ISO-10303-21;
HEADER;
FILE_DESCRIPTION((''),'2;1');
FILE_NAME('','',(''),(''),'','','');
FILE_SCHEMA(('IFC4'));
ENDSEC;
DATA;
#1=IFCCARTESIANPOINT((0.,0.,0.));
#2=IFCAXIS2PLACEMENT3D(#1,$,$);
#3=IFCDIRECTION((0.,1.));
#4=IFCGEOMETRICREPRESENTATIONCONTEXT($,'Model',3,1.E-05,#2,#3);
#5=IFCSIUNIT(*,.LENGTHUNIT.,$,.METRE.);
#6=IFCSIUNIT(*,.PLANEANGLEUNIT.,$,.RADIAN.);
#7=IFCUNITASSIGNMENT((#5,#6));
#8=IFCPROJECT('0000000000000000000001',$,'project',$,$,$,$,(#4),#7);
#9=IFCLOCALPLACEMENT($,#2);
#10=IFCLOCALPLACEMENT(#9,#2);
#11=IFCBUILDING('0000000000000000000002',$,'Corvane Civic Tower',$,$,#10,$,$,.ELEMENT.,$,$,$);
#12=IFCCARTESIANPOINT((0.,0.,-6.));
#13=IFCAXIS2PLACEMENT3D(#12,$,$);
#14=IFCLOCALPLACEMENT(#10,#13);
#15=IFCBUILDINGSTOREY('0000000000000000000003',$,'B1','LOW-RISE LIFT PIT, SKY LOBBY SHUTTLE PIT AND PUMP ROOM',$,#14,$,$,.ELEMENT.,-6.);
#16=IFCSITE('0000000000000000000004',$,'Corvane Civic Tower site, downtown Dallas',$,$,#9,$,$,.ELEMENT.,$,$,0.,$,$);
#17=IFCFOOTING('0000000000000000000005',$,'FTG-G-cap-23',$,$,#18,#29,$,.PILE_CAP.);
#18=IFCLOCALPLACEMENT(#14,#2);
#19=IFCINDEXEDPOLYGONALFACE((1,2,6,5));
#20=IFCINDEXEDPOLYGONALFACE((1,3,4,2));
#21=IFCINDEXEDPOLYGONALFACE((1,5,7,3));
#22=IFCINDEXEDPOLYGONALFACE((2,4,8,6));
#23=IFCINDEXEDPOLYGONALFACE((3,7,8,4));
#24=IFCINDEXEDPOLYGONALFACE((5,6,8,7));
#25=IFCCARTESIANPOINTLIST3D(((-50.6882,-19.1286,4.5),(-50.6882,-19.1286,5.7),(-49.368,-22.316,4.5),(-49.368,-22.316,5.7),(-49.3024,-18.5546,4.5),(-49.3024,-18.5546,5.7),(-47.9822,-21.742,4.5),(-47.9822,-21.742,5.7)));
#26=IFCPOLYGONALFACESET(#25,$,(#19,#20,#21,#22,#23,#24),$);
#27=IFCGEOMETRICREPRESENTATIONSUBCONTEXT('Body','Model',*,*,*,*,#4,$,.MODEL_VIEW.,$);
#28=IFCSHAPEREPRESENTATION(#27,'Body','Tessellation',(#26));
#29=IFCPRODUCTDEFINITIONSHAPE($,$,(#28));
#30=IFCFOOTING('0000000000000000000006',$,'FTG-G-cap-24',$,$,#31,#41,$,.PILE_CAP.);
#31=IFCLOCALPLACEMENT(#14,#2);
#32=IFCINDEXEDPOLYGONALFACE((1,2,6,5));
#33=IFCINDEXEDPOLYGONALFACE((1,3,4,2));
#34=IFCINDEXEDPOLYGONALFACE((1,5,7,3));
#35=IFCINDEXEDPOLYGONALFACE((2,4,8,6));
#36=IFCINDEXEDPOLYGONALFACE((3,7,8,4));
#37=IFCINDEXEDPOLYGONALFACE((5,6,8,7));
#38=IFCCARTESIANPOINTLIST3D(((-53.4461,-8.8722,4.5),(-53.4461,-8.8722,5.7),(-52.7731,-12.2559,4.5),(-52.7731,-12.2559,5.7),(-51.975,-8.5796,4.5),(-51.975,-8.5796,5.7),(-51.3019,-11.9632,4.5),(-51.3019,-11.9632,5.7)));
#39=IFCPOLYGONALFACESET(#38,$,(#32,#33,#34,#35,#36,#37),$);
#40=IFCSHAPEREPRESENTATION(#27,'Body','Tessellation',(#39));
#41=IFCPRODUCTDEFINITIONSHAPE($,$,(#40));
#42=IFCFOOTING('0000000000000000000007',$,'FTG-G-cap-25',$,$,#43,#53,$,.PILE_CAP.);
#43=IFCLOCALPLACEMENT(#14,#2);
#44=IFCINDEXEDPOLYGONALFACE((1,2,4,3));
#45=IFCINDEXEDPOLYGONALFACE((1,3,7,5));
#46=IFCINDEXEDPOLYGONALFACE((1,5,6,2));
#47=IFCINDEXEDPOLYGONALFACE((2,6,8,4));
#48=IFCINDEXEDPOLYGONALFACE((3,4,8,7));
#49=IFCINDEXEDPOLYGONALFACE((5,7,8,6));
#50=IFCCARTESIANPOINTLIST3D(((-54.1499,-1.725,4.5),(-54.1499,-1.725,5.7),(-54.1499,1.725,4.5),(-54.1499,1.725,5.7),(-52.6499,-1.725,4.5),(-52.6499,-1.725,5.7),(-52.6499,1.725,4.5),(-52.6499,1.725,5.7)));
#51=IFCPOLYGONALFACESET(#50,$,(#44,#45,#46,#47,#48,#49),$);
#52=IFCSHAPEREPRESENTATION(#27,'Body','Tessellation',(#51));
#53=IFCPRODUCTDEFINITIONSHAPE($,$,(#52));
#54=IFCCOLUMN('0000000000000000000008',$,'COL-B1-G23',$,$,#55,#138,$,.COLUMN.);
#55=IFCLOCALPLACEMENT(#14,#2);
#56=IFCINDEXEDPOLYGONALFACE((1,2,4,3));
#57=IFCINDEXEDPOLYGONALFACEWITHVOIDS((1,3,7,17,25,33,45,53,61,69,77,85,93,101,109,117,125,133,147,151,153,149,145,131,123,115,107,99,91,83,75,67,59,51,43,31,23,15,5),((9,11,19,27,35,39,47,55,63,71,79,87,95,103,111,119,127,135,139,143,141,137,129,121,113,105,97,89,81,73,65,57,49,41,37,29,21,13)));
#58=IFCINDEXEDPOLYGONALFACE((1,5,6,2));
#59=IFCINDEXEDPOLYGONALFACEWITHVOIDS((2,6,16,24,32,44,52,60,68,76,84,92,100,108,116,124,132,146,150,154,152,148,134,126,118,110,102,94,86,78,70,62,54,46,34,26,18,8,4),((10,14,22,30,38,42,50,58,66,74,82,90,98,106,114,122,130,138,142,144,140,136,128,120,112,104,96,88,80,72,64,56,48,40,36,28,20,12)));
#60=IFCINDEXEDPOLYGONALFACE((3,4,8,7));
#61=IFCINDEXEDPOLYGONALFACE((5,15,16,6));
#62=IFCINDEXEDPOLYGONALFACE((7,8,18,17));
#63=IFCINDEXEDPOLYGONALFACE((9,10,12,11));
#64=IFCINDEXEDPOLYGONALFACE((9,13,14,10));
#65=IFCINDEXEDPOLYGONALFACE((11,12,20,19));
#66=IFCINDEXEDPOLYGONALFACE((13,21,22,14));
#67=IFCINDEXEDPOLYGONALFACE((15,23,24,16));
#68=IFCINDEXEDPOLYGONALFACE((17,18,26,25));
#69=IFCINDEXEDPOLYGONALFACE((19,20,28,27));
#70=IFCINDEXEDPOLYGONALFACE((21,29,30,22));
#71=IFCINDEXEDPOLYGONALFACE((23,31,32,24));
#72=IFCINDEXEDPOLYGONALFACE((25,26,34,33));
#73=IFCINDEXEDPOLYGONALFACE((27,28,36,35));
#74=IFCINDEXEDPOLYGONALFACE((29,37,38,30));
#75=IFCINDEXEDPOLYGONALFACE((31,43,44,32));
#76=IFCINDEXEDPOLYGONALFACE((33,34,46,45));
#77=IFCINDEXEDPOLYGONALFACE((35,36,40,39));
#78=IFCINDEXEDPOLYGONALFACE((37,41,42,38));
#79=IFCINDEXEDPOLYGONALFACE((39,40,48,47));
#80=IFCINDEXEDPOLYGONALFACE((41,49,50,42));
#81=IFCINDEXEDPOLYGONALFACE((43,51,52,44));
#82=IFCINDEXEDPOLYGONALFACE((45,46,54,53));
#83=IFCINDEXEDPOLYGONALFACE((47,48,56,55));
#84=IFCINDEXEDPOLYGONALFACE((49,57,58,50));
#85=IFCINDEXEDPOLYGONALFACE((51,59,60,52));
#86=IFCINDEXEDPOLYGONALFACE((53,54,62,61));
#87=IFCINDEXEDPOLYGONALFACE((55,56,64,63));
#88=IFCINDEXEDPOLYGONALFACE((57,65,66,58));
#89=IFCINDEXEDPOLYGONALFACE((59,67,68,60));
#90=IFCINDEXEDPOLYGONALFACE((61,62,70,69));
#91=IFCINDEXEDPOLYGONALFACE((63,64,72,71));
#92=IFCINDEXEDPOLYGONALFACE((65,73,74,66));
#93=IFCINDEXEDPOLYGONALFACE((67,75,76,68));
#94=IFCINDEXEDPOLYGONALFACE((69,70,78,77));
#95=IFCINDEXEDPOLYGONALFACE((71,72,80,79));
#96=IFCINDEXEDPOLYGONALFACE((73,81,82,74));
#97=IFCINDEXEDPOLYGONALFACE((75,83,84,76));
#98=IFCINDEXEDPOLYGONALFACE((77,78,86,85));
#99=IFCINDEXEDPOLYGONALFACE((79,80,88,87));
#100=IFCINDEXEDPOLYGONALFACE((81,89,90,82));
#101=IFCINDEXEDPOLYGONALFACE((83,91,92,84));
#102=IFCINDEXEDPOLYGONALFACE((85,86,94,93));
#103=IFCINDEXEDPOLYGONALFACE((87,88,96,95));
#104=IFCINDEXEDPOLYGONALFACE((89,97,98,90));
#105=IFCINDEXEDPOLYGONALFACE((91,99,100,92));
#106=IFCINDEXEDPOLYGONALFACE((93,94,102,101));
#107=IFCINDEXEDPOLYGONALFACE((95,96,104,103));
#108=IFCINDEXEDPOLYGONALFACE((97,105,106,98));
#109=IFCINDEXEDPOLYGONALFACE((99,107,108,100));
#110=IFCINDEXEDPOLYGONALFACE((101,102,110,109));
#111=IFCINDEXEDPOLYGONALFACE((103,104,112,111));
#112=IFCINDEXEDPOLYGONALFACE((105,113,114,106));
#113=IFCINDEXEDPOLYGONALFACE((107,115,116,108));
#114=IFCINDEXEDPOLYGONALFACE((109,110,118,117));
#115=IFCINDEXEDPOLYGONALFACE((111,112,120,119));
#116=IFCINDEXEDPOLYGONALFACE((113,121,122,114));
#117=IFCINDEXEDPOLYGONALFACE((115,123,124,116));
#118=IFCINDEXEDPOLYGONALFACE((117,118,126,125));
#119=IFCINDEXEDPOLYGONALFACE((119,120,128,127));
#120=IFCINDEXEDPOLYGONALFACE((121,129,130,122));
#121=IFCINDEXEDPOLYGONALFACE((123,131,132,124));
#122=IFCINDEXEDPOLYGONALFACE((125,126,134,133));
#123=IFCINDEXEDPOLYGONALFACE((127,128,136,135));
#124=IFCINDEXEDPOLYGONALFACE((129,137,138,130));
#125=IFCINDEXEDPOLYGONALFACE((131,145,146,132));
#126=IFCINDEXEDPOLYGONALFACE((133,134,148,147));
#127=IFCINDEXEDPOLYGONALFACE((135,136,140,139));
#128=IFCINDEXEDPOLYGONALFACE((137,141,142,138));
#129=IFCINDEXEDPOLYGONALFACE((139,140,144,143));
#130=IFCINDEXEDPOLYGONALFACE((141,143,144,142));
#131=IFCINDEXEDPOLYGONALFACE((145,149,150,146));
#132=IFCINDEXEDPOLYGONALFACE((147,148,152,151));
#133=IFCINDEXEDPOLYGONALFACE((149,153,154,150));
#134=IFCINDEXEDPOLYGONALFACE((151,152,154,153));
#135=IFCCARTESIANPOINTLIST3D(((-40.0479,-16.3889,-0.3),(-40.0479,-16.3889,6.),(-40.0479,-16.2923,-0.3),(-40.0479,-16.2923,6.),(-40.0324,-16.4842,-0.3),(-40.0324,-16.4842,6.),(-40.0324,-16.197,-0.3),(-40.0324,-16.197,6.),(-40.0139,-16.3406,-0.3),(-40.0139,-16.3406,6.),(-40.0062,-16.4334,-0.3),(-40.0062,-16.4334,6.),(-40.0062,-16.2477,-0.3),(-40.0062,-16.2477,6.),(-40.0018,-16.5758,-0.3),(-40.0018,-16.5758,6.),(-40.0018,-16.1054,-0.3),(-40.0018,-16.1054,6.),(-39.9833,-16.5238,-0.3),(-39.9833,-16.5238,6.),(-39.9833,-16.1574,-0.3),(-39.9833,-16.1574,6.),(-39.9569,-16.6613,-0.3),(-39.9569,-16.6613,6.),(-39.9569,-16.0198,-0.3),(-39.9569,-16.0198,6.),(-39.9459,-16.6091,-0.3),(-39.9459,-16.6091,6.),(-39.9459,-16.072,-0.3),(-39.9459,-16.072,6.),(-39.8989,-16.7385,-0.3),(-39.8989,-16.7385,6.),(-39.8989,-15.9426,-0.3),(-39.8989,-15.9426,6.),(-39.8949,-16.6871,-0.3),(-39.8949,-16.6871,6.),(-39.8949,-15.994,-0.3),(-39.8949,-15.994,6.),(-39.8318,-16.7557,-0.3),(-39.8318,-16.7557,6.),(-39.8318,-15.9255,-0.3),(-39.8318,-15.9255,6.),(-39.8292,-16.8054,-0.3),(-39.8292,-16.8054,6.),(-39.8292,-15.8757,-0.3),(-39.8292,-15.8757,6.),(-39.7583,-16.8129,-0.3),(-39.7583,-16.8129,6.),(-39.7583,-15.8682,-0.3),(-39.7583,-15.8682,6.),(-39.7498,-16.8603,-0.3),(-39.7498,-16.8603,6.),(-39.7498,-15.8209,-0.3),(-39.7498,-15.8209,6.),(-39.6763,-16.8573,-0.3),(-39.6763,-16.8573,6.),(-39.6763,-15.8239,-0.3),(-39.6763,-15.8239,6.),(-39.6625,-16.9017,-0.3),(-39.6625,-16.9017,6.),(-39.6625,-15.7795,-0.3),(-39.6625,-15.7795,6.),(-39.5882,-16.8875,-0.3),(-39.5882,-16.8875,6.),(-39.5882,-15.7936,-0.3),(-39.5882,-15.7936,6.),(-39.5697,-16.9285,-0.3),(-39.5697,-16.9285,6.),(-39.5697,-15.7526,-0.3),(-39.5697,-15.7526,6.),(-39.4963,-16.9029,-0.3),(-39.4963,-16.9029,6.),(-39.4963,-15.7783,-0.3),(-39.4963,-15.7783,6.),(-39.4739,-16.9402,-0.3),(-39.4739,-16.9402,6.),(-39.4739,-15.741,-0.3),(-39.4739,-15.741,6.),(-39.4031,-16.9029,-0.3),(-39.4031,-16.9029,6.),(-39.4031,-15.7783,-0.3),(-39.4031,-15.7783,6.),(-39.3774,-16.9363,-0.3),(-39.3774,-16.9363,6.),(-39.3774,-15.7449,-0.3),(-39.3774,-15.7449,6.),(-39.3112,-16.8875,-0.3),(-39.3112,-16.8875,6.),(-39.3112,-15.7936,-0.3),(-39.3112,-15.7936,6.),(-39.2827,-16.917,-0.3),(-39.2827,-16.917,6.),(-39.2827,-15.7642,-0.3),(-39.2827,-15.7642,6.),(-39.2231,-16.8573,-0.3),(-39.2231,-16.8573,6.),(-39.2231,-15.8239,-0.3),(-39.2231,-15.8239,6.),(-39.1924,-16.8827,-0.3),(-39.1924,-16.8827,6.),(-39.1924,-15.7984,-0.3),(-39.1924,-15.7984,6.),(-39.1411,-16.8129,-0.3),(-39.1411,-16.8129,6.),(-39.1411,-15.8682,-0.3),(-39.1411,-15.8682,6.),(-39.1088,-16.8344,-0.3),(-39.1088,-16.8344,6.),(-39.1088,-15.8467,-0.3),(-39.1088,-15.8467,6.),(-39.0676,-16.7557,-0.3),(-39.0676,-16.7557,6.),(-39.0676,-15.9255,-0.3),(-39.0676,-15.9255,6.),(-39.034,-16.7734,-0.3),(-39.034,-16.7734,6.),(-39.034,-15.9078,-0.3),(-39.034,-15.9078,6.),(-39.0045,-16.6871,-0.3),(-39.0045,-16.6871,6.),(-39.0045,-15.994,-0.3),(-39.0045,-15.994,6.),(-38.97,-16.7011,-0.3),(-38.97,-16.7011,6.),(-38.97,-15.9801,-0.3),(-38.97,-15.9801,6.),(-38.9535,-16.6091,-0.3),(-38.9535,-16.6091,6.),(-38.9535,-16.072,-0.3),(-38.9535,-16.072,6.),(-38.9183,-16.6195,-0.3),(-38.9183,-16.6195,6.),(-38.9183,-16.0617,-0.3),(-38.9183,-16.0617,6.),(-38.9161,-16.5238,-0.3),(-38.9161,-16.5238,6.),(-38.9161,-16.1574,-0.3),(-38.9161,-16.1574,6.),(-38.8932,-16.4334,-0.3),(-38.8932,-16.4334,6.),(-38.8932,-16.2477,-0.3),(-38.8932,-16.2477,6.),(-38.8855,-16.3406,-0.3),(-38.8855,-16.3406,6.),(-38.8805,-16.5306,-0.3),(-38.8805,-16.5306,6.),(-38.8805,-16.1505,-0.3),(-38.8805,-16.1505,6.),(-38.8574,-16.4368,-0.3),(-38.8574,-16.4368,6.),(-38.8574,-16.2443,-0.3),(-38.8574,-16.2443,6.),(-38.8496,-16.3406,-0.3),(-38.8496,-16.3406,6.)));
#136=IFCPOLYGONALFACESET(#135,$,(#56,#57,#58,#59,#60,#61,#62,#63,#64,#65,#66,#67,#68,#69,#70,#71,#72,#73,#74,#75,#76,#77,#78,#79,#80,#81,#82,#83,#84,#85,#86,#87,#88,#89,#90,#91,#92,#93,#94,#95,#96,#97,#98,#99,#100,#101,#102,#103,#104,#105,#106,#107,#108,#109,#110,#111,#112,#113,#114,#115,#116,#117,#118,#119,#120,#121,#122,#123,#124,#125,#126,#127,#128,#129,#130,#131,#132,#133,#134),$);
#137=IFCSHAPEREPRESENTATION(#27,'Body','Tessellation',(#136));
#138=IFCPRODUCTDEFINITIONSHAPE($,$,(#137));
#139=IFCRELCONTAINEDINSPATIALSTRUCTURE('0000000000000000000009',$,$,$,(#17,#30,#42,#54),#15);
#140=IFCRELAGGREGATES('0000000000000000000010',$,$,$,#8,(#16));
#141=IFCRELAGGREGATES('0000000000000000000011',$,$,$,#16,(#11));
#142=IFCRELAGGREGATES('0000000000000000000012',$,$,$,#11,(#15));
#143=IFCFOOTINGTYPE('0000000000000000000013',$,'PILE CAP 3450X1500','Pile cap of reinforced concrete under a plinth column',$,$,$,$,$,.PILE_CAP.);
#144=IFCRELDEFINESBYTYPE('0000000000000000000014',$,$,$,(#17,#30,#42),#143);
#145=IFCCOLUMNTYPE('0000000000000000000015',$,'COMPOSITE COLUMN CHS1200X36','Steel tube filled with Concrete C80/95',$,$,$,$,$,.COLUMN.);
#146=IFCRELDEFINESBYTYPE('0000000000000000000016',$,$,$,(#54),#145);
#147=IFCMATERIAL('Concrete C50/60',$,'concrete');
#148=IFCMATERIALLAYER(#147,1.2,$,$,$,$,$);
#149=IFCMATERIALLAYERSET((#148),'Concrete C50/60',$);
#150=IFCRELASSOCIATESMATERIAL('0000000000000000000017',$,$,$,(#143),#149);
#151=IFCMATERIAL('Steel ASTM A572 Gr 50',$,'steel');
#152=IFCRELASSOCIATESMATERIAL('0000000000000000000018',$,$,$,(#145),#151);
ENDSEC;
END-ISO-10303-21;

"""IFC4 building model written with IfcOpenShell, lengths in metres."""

from ifc_helpers import new_model, si_unit, direction, frame, origin, origin_2d, place, context, subcontext, project, spatial, rectangle, hollow_circle, extrude, material, layer, layer_set, material_profile, profile_set, type_object, element, save


model = new_model("IFC4")

# Units and contexts
model_context = context("Model", 3, precision=1e-05, world=origin(), true_north=direction((0.0, 1.0)))
body_context = subcontext(model_context, "Body", "Model", "MODEL_VIEW")
ifc_project = project(units=[si_unit("LENGTHUNIT", "METRE"), si_unit("PLANEANGLEUNIT", "RADIAN")], contexts=[model_context])

# Site, building, storey
site_placement = place(None, origin())
site = spatial("IfcSite", under=ifc_project, at=site_placement, Name="Corvane Civic Tower site, downtown Dallas", CompositionType="ELEMENT", RefElevation=0.0)
building_placement = place(site_placement, origin())
building = spatial("IfcBuilding", under=site, at=building_placement, Name="Corvane Civic Tower", CompositionType="ELEMENT")
storey_placement = place(building_placement, frame((0.0, 0.0, -6.0)))
storey = spatial("IfcBuildingStorey", under=building, at=storey_placement, Name="B1", Description="LOW-RISE LIFT PIT, SKY LOBBY SHUTTLE PIT AND PUMP ROOM", CompositionType="ELEMENT", Elevation=-6.0)

# Footings
ifc_material_1 = material(Name="Concrete C50/60", Category="concrete")
ifc_layer = layer(ifc_material_1, 1.2)
ifc_layer_set = layer_set([ifc_layer], Name="Concrete C50/60")
footing_type_1 = type_object("IfcFootingType", Name="PILE CAP 3450X1500", Description="Pile cap of reinforced concrete under a plinth column", PredefinedType="PILE_CAP", material=ifc_layer_set)
for number, where, z_axis, x_axis, name in (
    (1, (-49.3352, -20.4353, 4.5), (0.0, 0.0, 1.0), (0.382683, -0.92388, 0.0), "FTG-G-cap-23"),
    (2, (-52.374, -10.4177, 4.5), (0.0, 0.0, 1.0), (0.19509, -0.980785, 0.0), "FTG-G-cap-24"),
    (3, (-53.3999, 0.0, 4.5), (0.0, 0.0, 1.0), (0.0, -1.0, 0.0), "FTG-G-cap-25"),
):
    element("IfcFooting", number, at=place(storey_placement, frame(where, z_axis=z_axis, x_axis=x_axis)), inside=storey, type_object=footing_type_1, Name=name, PredefinedType="PILE_CAP", context=body_context, shape_type="SweptSolid", body=[
        extrude(rectangle(XDim=3.45, YDim=1.5, at=origin_2d()), origin(), (0.0, 0.0, 1.0), 1.2),
    ])

# Column
ifc_material_2 = material(Name="Steel ASTM A572 Gr 50", Category="steel")
ifc_material_profile_1 = material_profile(ifc_material_2, hollow_circle(Radius=0.6001, WallThickness=0.0359, at=origin_2d()), Name="CHS1200X36")
ifc_profile_set_1 = profile_set([ifc_material_profile_1], Name="Steel ASTM A572 Gr 50")
column_type_1 = type_object("IfcColumnType", Name="COMPOSITE COLUMN CHS1200X36", Description="Steel tube filled with Concrete C80/95", PredefinedType="COLUMN", material=ifc_profile_set_1)
for number, where, z_axis, x_axis, name in (
    (4, (-39.4497, -16.3406, -0.3), (0.0, 0.0, 1.0), (1.0, 0.0, 0.0), "COL-B1-G23"),
):
    element("IfcColumn", number, at=place(storey_placement, frame(where, z_axis=z_axis, x_axis=x_axis)), inside=storey, type_object=column_type_1, Name=name, PredefinedType="COLUMN", context=body_context, shape_type="SweptSolid", body=[
        extrude(hollow_circle(Radius=0.6001, WallThickness=0.0359, at=origin_2d()), origin(), (0.0, 0.0, 1.0), 6.3),
    ])

save(model, "model.ifc")
